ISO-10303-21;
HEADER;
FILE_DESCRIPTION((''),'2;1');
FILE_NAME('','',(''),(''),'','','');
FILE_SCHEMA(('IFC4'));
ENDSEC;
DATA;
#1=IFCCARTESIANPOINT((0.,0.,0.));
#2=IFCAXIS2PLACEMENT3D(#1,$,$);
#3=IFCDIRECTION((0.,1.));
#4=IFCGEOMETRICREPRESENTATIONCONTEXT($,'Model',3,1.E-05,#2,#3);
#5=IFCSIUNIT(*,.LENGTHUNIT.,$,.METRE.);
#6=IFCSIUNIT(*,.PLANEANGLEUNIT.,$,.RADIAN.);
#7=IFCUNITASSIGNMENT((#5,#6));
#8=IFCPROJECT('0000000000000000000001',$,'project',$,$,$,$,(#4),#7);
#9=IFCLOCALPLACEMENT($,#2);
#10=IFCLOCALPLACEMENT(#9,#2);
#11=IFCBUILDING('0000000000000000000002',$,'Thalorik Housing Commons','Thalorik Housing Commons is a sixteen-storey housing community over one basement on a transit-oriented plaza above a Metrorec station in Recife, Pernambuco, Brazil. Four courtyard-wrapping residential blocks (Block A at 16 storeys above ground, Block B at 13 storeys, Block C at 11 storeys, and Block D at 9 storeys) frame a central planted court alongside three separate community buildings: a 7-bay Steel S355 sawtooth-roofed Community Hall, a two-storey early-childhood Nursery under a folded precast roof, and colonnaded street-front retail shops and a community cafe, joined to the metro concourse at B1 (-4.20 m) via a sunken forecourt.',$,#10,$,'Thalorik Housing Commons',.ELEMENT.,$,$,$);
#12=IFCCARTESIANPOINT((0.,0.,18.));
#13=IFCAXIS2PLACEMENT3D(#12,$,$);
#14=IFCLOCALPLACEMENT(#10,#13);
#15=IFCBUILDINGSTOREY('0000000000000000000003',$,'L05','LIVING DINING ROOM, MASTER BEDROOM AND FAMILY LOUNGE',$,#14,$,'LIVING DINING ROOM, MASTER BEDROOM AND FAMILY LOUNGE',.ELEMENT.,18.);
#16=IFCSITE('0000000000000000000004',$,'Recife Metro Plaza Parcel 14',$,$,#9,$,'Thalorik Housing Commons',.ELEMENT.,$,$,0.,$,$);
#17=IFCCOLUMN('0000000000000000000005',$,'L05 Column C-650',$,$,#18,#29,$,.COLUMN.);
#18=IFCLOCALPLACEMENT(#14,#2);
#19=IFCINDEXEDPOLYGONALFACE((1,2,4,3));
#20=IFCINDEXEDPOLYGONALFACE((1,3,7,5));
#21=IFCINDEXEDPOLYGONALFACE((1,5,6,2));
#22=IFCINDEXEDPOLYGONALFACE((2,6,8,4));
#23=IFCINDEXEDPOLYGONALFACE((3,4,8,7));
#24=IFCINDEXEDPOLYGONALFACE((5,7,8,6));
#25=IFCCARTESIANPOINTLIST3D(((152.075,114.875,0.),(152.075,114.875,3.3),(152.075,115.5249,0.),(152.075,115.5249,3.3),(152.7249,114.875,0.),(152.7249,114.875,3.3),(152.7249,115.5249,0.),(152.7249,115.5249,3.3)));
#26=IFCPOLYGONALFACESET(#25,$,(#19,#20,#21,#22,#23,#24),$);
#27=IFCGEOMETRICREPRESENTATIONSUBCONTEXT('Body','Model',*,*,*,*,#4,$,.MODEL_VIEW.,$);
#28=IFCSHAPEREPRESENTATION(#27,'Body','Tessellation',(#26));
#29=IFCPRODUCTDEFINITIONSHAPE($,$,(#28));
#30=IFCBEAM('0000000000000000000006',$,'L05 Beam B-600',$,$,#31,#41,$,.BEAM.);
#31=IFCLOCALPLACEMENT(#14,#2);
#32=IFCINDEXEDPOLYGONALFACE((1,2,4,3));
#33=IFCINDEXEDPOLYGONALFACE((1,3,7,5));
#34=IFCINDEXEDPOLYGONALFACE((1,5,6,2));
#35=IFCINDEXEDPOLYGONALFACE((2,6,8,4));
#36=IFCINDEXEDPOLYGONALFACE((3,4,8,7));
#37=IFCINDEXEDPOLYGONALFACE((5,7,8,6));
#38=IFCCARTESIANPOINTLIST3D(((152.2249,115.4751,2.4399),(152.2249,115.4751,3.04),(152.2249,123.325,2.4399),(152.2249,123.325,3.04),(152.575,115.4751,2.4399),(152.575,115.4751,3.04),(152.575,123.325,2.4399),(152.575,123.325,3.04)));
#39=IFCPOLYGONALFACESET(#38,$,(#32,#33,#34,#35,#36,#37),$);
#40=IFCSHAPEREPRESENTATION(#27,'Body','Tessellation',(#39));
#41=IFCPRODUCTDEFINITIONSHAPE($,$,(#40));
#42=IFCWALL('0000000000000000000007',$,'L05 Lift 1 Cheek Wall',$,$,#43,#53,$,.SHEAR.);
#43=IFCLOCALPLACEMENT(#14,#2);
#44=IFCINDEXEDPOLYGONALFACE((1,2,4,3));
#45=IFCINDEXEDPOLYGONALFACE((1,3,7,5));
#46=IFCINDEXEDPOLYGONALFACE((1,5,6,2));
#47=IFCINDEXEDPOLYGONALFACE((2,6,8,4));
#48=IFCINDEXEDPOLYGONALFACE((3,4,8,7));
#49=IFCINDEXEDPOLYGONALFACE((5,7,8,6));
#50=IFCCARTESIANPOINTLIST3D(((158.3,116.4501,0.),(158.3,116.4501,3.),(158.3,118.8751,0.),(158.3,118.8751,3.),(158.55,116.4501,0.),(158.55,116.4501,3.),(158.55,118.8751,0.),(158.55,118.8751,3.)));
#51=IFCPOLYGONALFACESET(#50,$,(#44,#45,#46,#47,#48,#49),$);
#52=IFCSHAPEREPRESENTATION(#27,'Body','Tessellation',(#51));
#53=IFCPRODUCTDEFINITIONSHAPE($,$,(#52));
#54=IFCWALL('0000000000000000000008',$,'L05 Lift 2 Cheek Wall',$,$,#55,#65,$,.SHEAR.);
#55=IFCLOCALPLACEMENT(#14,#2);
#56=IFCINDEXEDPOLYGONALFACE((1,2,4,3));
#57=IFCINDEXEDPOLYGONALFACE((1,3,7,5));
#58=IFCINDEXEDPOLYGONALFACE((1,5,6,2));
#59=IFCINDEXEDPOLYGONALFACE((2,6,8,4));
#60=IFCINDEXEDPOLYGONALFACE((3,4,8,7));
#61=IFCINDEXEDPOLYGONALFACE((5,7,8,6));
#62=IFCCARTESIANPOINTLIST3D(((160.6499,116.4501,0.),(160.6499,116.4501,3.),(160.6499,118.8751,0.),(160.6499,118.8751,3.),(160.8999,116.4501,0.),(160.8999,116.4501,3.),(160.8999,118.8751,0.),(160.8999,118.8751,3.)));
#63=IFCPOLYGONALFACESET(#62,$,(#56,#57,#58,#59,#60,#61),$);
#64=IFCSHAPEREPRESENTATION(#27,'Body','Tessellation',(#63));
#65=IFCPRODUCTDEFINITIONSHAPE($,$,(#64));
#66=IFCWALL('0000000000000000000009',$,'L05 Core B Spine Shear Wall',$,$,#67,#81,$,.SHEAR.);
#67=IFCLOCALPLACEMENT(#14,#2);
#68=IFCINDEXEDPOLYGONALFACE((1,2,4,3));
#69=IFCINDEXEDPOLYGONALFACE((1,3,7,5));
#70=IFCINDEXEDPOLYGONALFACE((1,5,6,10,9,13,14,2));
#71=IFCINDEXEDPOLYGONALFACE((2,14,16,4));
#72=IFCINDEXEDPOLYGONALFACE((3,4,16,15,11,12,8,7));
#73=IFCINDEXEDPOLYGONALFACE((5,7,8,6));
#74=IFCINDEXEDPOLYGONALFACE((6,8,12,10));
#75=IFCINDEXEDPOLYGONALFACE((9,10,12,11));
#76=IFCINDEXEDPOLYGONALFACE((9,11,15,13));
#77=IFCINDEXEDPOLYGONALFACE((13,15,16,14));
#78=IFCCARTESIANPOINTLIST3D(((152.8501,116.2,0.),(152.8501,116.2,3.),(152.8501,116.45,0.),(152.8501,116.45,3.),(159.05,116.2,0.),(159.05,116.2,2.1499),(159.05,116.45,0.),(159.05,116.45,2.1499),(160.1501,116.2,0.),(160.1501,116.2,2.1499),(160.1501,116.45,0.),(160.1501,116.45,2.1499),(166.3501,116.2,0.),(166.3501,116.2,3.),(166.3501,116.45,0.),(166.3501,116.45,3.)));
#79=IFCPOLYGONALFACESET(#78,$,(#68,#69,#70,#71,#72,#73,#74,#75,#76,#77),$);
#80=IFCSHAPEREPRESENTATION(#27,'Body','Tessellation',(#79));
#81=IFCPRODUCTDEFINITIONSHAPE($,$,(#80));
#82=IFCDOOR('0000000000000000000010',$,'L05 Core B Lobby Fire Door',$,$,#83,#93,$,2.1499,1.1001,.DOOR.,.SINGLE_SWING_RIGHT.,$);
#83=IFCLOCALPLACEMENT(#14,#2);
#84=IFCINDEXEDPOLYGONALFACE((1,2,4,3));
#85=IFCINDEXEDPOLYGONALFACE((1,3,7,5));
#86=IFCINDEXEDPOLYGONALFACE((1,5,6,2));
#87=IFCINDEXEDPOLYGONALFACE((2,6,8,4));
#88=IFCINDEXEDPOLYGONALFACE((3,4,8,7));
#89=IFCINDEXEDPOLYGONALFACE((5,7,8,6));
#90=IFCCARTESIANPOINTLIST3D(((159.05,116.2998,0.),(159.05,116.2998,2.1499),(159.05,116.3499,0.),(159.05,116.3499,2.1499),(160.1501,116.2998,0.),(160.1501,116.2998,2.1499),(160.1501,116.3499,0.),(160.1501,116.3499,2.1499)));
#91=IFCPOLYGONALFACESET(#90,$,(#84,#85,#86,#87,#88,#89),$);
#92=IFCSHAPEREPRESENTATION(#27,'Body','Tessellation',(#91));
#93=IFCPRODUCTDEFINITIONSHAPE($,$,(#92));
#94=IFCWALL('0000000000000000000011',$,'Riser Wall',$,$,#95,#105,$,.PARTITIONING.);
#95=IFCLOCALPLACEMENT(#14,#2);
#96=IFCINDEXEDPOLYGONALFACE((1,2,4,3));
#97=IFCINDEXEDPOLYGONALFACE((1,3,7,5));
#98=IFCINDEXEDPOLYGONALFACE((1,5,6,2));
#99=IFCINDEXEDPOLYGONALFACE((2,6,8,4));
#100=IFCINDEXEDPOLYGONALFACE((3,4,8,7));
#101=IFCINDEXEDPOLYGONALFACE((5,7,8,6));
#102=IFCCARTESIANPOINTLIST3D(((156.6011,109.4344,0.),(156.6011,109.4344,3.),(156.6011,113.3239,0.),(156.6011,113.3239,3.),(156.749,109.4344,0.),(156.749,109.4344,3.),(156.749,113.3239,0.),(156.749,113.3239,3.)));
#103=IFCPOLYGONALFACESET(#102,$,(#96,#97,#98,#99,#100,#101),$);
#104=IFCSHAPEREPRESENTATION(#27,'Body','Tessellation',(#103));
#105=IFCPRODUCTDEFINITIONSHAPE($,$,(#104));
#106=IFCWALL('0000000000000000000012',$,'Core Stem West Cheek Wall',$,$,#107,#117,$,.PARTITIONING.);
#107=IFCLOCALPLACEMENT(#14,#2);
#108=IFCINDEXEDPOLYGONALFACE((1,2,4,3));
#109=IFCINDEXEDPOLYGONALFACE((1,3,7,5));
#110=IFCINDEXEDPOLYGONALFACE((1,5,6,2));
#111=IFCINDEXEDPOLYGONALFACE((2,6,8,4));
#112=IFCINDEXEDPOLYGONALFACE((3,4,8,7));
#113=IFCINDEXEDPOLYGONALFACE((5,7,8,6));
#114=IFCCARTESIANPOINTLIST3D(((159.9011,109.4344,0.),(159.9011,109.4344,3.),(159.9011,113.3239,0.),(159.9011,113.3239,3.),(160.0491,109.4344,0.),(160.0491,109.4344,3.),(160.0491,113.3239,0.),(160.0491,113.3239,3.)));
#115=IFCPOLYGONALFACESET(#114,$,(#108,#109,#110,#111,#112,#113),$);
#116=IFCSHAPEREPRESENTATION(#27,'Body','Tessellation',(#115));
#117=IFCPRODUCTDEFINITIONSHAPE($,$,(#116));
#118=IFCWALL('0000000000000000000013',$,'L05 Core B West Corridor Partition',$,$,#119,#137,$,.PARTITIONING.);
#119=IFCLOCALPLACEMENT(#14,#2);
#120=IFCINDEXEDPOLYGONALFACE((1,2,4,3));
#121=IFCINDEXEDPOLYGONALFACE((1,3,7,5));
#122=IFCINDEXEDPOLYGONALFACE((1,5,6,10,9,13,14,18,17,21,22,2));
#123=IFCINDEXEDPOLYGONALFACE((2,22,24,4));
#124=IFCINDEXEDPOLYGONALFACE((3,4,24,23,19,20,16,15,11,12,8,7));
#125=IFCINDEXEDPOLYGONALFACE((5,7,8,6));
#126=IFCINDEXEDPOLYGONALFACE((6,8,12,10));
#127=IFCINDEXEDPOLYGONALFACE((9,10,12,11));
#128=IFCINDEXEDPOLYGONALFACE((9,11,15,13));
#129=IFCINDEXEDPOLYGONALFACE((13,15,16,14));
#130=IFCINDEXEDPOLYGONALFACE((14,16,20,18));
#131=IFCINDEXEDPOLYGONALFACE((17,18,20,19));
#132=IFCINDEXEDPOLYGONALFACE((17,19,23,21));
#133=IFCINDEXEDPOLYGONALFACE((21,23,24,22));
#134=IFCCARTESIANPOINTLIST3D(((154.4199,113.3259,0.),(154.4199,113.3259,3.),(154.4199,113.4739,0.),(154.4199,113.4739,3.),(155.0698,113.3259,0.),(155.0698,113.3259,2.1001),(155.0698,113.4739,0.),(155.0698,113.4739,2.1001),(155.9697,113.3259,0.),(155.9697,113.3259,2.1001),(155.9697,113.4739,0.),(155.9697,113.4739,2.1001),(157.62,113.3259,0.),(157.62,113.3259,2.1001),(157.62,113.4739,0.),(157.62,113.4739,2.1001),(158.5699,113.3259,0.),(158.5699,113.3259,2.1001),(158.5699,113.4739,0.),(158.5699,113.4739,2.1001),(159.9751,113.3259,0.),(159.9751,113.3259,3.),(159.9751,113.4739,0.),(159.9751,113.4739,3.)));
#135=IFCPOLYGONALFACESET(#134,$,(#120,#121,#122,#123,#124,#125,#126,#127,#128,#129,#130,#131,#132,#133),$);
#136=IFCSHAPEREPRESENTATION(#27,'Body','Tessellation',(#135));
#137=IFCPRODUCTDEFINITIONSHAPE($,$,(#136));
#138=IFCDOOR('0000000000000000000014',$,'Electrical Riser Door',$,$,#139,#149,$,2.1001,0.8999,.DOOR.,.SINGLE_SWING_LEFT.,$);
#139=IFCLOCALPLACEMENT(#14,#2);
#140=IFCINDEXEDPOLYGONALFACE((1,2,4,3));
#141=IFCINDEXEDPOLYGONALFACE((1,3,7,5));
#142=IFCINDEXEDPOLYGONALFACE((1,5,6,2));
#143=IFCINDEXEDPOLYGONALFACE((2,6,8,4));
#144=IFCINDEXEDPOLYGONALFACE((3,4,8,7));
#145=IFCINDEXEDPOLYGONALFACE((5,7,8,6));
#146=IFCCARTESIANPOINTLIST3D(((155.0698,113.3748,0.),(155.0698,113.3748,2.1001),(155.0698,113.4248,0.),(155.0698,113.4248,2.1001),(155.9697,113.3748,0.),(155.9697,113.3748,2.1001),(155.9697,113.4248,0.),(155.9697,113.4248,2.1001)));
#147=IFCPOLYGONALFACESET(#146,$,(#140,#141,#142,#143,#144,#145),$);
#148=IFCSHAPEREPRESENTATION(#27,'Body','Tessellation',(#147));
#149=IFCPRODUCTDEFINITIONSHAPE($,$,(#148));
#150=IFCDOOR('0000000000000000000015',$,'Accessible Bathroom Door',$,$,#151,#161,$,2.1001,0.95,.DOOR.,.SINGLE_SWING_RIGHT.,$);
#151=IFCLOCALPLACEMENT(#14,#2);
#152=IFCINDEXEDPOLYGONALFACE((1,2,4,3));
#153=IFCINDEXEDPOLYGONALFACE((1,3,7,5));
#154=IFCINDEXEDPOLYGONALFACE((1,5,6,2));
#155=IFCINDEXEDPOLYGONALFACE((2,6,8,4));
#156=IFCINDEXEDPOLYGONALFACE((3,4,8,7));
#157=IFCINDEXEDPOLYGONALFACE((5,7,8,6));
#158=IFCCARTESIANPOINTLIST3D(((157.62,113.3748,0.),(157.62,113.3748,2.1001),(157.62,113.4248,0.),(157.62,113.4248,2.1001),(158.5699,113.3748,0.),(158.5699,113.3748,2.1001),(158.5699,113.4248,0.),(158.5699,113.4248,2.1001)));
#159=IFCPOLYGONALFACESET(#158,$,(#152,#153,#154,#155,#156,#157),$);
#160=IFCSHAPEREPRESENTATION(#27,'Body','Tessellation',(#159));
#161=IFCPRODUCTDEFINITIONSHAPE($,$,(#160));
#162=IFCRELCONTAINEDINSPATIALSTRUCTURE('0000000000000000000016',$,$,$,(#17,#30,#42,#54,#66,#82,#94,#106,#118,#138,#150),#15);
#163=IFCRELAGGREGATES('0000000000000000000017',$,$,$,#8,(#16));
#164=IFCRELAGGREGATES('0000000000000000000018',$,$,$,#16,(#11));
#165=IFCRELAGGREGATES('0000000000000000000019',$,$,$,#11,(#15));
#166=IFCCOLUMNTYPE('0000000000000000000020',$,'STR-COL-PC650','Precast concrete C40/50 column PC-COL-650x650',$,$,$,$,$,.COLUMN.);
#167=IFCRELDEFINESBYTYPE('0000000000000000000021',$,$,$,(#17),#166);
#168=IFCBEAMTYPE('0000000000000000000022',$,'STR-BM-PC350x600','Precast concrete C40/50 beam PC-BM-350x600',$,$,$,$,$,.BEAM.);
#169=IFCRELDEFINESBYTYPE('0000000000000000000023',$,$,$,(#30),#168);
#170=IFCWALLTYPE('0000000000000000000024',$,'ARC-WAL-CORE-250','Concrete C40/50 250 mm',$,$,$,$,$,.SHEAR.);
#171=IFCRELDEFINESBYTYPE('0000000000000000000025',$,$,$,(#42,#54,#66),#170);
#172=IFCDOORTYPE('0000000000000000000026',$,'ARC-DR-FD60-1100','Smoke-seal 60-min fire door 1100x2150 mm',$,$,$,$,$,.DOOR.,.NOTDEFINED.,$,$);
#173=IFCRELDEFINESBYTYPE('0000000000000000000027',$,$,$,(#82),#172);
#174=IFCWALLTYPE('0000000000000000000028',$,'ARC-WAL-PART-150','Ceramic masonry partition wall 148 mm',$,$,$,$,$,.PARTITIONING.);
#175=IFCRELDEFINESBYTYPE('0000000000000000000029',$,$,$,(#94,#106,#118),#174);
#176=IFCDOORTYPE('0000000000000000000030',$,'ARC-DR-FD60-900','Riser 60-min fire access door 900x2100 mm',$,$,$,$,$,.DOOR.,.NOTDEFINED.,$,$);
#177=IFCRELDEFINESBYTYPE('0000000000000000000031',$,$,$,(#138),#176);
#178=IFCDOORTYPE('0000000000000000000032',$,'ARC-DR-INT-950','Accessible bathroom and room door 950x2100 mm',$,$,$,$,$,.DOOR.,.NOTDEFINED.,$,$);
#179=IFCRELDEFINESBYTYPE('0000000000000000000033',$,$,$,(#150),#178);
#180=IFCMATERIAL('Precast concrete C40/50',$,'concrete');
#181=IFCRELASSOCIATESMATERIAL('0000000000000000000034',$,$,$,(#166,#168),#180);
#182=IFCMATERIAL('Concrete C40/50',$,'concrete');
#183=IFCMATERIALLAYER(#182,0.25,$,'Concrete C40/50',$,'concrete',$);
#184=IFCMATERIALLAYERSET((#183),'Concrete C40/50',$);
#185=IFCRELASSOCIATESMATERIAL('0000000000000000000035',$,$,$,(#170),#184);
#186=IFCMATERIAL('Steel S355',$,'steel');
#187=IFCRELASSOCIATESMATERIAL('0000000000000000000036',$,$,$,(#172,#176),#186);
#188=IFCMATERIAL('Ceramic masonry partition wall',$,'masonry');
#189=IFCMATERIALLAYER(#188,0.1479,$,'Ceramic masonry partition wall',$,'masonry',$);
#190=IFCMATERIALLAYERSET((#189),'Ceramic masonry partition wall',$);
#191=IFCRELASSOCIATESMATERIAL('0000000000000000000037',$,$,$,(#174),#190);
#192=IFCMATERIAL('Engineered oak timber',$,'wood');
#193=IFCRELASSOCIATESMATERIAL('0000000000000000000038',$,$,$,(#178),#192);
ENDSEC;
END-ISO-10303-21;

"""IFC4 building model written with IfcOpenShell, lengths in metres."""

from ifc_helpers import new_model, si_unit, direction, frame, frame_2d, origin, origin_2d, place, context, subcontext, project, spatial, rectangle, extrude, material, layer, layer_set, material_profile, profile_set, type_object, element, fill, save


model = new_model("IFC4")

# Units and contexts
model_context = context("Model", 3, precision=1e-05, world=origin(), true_north=direction((0.0, 1.0)))
body_context = subcontext(model_context, "Body", "Model", "MODEL_VIEW")
ifc_project = project(units=[si_unit("LENGTHUNIT", "METRE"), si_unit("PLANEANGLEUNIT", "RADIAN")], contexts=[model_context])

# Site, building, storey
site_placement = place(None, origin())
site = spatial("IfcSite", under=ifc_project, at=site_placement, Name="Recife Metro Plaza Parcel 14", LongName="Thalorik Housing Commons", CompositionType="ELEMENT", RefElevation=0.0)
building_placement = place(site_placement, origin())
building = spatial("IfcBuilding", under=site, at=building_placement, Name="Thalorik Housing Commons", Description="Thalorik Housing Commons is a sixteen-storey housing community over one basement on a transit-oriented plaza above a Metrorec station in Recife, Pernambuco, Brazil. Four courtyard-wrapping residential blocks (Block A at 16 storeys above ground, Block B at 13 storeys, Block C at 11 storeys, and Block D at 9 storeys) frame a central planted court alongside three separate community buildings: a 7-bay Steel S355 sawtooth-roofed Community Hall, a two-storey early-childhood Nursery under a folded precast roof, and colonnaded street-front retail shops and a community cafe, joined to the metro concourse at B1 (-4.20 m) via a sunken forecourt.", LongName="Thalorik Housing Commons", CompositionType="ELEMENT")
storey_placement = place(building_placement, frame((0.0, 0.0, 18.0)))
storey = spatial("IfcBuildingStorey", under=building, at=storey_placement, Name="L05", Description="LIVING DINING ROOM, MASTER BEDROOM AND FAMILY LOUNGE", LongName="LIVING DINING ROOM, MASTER BEDROOM AND FAMILY LOUNGE", CompositionType="ELEMENT", Elevation=18.0)

# Column
ifc_material_1 = material(Name="Precast concrete C40/50", Category="concrete")
ifc_material_profile_1 = material_profile(ifc_material_1, rectangle(XDim=0.6499, YDim=0.6499, at=origin_2d()), Name="PC 650x650", Category="concrete")
ifc_profile_set_1 = profile_set([ifc_material_profile_1], Name="Precast concrete C40/50")
column_type = type_object("IfcColumnType", Name="STR-COL-PC650", Description="Precast concrete C40/50 column PC-COL-650x650", PredefinedType="COLUMN", material=ifc_profile_set_1)
column_placement = place(storey_placement, frame((152.3999, 115.2, 0.0), z_axis=(0.0, 0.0, 1.0), x_axis=(1.0, 0.0, 0.0)))
element("IfcColumn", 1, at=column_placement, inside=storey, type_object=column_type, Name="L05 Column C-650", PredefinedType="COLUMN", context=body_context, shape_type="SweptSolid", body=[
    extrude(rectangle(XDim=0.6499, YDim=0.6499, at=origin_2d()), origin(), (0.0, 0.0, 1.0), 3.3),
])

# Beam
ifc_material_profile_2 = material_profile(ifc_material_1, rectangle(XDim=0.3501, YDim=0.6001, at=origin_2d()), Name="PC 350x600", Category="concrete")
ifc_profile_set_2 = profile_set([ifc_material_profile_2], Name="Precast concrete C40/50")
beam_type = type_object("IfcBeamType", Name="STR-BM-PC350x600", Description="Precast concrete C40/50 beam PC-BM-350x600", PredefinedType="BEAM", material=ifc_profile_set_2)
beam_placement = place(storey_placement, frame((152.3999, 115.4751, 2.74), z_axis=(0.0, 1.0, 0.0), x_axis=(-1.0, 0.0, 0.0)))
element("IfcBeam", 2, at=beam_placement, inside=storey, type_object=beam_type, Name="L05 Beam B-600", PredefinedType="BEAM", context=body_context, shape_type="SweptSolid", body=[
    extrude(rectangle(XDim=0.3501, YDim=0.6001, at=origin_2d()), origin(), (0.0, 0.0, 1.0), 7.8499),
])

# Shared definitions
ifc_material_2 = material(Name="Concrete C40/50", Category="concrete")
ifc_layer_1 = layer(ifc_material_2, 0.25, Name="Concrete C40/50", Category="concrete")
ifc_layer_set_1 = layer_set([ifc_layer_1], Name="Concrete C40/50")
wall_type_1 = type_object("IfcWallType", Name="ARC-WAL-CORE-250", Description="Concrete C40/50 250 mm", PredefinedType="SHEAR", material=ifc_layer_set_1)
ifc_material_3 = material(Name="Steel S355", Category="steel")

# Walls
for number, where, z_axis, x_axis, name in (
    (3, (158.425, 118.875, 0.0), (0.0, 0.0, 1.0), (0.0, -1.0, 0.0), "L05 Lift 1 Cheek Wall"),
    (4, (160.7749, 118.875, 0.0), (0.0, 0.0, 1.0), (0.0, -1.0, 0.0), "L05 Lift 2 Cheek Wall"),
):
    element("IfcWall", number, at=place(storey_placement, frame(where, z_axis=z_axis, x_axis=x_axis)), inside=storey, type_object=wall_type_1, Name=name, PredefinedType="SHEAR", context=body_context, shape_type="SweptSolid", body=[
        extrude(rectangle(XDim=2.425, YDim=0.25, at=frame_2d((1.2124, 0.0))), origin(), (0.0, 0.0, 1.0), 3.0),
    ])

# Wall, opening, door
wall_1_placement = place(storey_placement, frame((152.8501, 116.325, 0.0), z_axis=(0.0, 0.0, 1.0), x_axis=(1.0, 0.0, 0.0)))
wall_1 = element("IfcWall", 5, at=wall_1_placement, inside=storey, type_object=wall_type_1, Name="L05 Core B Spine Shear Wall", PredefinedType="SHEAR", context=body_context, shape_type="SweptSolid", body=[
    extrude(rectangle(XDim=13.5, YDim=0.25, at=frame_2d((6.75, 0.0))), origin(), (0.0, 0.0, 1.0), 3.0),
])
opening_1_placement = place(wall_1_placement, frame((6.2, 0.0, 0.0)))
opening_1 = element("IfcOpeningElement", 6, at=opening_1_placement, cuts=wall_1, PredefinedType="OPENING", context=body_context, shape_type="SweptSolid", body=[
    extrude(rectangle(XDim=1.1001, YDim=2.1499, at=frame_2d((0.55, 1.075))), frame((0.0, 0.135, 0.0), z_axis=(0.0, -1.0, 0.0), x_axis=(1.0, 0.0, 0.0)), (0.0, 0.0, 1.0), 0.27),
])
door_type_1 = type_object("IfcDoorType", Name="ARC-DR-FD60-1100", Description="Smoke-seal 60-min fire door 1100x2150 mm", OperationType="NOTDEFINED", PredefinedType="DOOR", material=ifc_material_3)
door_1_placement = place(opening_1_placement, origin())
door_1 = element("IfcDoor", 7, at=door_1_placement, inside=storey, type_object=door_type_1, Name="L05 Core B Lobby Fire Door", OperationType="SINGLE_SWING_RIGHT", OverallHeight=2.1499, OverallWidth=1.1001, PredefinedType="DOOR", context=body_context, shape_type="SweptSolid", body=[
    extrude(rectangle(XDim=1.1001, YDim=2.1499, at=frame_2d((0.55, 1.075))), frame((0.0, 0.0249, 0.0), z_axis=(0.0, -1.0, 0.0), x_axis=(1.0, 0.0, 0.0)), (0.0, 0.0, 1.0), 0.05),
])
fill(opening_1, door_1)

# Walls
ifc_material_4 = material(Name="Ceramic masonry partition wall", Category="masonry")
ifc_layer_2 = layer(ifc_material_4, 0.1479, Name="Ceramic masonry partition wall", Category="masonry")
ifc_layer_set_2 = layer_set([ifc_layer_2], Name="Ceramic masonry partition wall")
wall_type_2 = type_object("IfcWallType", Name="ARC-WAL-PART-150", Description="Ceramic masonry partition wall 148 mm", PredefinedType="PARTITIONING", material=ifc_layer_set_2)
for number, where, z_axis, x_axis, name in (
    (8, (156.675, 113.324, 0.0), (0.0, 0.0, 1.0), (0.0, -1.0, 0.0), "Riser Wall"),
    (9, (159.9751, 113.324, 0.0), (0.0, 0.0, 1.0), (0.0, -1.0, 0.0), "Core Stem West Cheek Wall"),
):
    element("IfcWall", number, at=place(storey_placement, frame(where, z_axis=z_axis, x_axis=x_axis)), inside=storey, type_object=wall_type_2, Name=name, PredefinedType="PARTITIONING", context=body_context, shape_type="SweptSolid", body=[
        extrude(rectangle(XDim=3.8894, YDim=0.1479, at=frame_2d((1.9448, 0.0))), origin(), (0.0, 0.0, 1.0), 3.0),
    ])

# Wall, openings, doors
wall_2_placement = place(storey_placement, frame((154.4199, 113.3999, 0.0), z_axis=(0.0, 0.0, 1.0), x_axis=(1.0, 0.0, 0.0)))
wall_2 = element("IfcWall", 10, at=wall_2_placement, inside=storey, type_object=wall_type_2, Name="L05 Core B West Corridor Partition", PredefinedType="PARTITIONING", context=body_context, shape_type="SweptSolid", body=[
    extrude(rectangle(XDim=5.5552, YDim=0.1479, at=frame_2d((2.7776, 0.0))), origin(), (0.0, 0.0, 1.0), 3.0),
])
opening_2_placement = place(wall_2_placement, frame((0.6499, 0.0, 0.0)))
opening_2 = element("IfcOpeningElement", 11, at=opening_2_placement, cuts=wall_2, PredefinedType="OPENING", context=body_context, shape_type="SweptSolid", body=[
    extrude(rectangle(XDim=0.8999, YDim=2.1001, at=frame_2d((0.45, 1.05))), frame((0.0, 0.084, 0.0), z_axis=(0.0, -1.0, 0.0), x_axis=(1.0, 0.0, 0.0)), (0.0, 0.0, 1.0), 0.168),
])
opening_3_placement = place(wall_2_placement, frame((3.2, 0.0, 0.0)))
opening_3 = element("IfcOpeningElement", 12, at=opening_3_placement, cuts=wall_2, PredefinedType="OPENING", context=body_context, shape_type="SweptSolid", body=[
    extrude(rectangle(XDim=0.95, YDim=2.1001, at=frame_2d((0.4751, 1.05))), frame((0.0, 0.084, 0.0), z_axis=(0.0, -1.0, 0.0), x_axis=(1.0, 0.0, 0.0)), (0.0, 0.0, 1.0), 0.168),
])
door_type_2 = type_object("IfcDoorType", Name="ARC-DR-FD60-900", Description="Riser 60-min fire access door 900x2100 mm", OperationType="NOTDEFINED", PredefinedType="DOOR", material=ifc_material_3)
door_2_placement = place(opening_2_placement, origin())
door_2 = element("IfcDoor", 13, at=door_2_placement, inside=storey, type_object=door_type_2, Name="Electrical Riser Door", OperationType="SINGLE_SWING_LEFT", OverallHeight=2.1001, OverallWidth=0.8999, PredefinedType="DOOR", context=body_context, shape_type="SweptSolid", body=[
    extrude(rectangle(XDim=0.8999, YDim=2.1001, at=frame_2d((0.45, 1.05))), frame((0.0, 0.0249, 0.0), z_axis=(0.0, -1.0, 0.0), x_axis=(1.0, 0.0, 0.0)), (0.0, 0.0, 1.0), 0.05),
])
fill(opening_2, door_2)
ifc_material_5 = material(Name="Engineered oak timber", Category="wood")
door_type_3 = type_object("IfcDoorType", Name="ARC-DR-INT-950", Description="Accessible bathroom and room door 950x2100 mm", OperationType="NOTDEFINED", PredefinedType="DOOR", material=ifc_material_5)
door_3_placement = place(opening_3_placement, origin())
door_3 = element("IfcDoor", 14, at=door_3_placement, inside=storey, type_object=door_type_3, Name="Accessible Bathroom Door", OperationType="SINGLE_SWING_RIGHT", OverallHeight=2.1001, OverallWidth=0.95, PredefinedType="DOOR", context=body_context, shape_type="SweptSolid", body=[
    extrude(rectangle(XDim=0.95, YDim=2.1001, at=frame_2d((0.4751, 1.05))), frame((0.0, 0.0249, 0.0), z_axis=(0.0, -1.0, 0.0), x_axis=(1.0, 0.0, 0.0)), (0.0, 0.0, 1.0), 0.05),
])
fill(opening_3, door_3)

save(model, "model.ifc")
